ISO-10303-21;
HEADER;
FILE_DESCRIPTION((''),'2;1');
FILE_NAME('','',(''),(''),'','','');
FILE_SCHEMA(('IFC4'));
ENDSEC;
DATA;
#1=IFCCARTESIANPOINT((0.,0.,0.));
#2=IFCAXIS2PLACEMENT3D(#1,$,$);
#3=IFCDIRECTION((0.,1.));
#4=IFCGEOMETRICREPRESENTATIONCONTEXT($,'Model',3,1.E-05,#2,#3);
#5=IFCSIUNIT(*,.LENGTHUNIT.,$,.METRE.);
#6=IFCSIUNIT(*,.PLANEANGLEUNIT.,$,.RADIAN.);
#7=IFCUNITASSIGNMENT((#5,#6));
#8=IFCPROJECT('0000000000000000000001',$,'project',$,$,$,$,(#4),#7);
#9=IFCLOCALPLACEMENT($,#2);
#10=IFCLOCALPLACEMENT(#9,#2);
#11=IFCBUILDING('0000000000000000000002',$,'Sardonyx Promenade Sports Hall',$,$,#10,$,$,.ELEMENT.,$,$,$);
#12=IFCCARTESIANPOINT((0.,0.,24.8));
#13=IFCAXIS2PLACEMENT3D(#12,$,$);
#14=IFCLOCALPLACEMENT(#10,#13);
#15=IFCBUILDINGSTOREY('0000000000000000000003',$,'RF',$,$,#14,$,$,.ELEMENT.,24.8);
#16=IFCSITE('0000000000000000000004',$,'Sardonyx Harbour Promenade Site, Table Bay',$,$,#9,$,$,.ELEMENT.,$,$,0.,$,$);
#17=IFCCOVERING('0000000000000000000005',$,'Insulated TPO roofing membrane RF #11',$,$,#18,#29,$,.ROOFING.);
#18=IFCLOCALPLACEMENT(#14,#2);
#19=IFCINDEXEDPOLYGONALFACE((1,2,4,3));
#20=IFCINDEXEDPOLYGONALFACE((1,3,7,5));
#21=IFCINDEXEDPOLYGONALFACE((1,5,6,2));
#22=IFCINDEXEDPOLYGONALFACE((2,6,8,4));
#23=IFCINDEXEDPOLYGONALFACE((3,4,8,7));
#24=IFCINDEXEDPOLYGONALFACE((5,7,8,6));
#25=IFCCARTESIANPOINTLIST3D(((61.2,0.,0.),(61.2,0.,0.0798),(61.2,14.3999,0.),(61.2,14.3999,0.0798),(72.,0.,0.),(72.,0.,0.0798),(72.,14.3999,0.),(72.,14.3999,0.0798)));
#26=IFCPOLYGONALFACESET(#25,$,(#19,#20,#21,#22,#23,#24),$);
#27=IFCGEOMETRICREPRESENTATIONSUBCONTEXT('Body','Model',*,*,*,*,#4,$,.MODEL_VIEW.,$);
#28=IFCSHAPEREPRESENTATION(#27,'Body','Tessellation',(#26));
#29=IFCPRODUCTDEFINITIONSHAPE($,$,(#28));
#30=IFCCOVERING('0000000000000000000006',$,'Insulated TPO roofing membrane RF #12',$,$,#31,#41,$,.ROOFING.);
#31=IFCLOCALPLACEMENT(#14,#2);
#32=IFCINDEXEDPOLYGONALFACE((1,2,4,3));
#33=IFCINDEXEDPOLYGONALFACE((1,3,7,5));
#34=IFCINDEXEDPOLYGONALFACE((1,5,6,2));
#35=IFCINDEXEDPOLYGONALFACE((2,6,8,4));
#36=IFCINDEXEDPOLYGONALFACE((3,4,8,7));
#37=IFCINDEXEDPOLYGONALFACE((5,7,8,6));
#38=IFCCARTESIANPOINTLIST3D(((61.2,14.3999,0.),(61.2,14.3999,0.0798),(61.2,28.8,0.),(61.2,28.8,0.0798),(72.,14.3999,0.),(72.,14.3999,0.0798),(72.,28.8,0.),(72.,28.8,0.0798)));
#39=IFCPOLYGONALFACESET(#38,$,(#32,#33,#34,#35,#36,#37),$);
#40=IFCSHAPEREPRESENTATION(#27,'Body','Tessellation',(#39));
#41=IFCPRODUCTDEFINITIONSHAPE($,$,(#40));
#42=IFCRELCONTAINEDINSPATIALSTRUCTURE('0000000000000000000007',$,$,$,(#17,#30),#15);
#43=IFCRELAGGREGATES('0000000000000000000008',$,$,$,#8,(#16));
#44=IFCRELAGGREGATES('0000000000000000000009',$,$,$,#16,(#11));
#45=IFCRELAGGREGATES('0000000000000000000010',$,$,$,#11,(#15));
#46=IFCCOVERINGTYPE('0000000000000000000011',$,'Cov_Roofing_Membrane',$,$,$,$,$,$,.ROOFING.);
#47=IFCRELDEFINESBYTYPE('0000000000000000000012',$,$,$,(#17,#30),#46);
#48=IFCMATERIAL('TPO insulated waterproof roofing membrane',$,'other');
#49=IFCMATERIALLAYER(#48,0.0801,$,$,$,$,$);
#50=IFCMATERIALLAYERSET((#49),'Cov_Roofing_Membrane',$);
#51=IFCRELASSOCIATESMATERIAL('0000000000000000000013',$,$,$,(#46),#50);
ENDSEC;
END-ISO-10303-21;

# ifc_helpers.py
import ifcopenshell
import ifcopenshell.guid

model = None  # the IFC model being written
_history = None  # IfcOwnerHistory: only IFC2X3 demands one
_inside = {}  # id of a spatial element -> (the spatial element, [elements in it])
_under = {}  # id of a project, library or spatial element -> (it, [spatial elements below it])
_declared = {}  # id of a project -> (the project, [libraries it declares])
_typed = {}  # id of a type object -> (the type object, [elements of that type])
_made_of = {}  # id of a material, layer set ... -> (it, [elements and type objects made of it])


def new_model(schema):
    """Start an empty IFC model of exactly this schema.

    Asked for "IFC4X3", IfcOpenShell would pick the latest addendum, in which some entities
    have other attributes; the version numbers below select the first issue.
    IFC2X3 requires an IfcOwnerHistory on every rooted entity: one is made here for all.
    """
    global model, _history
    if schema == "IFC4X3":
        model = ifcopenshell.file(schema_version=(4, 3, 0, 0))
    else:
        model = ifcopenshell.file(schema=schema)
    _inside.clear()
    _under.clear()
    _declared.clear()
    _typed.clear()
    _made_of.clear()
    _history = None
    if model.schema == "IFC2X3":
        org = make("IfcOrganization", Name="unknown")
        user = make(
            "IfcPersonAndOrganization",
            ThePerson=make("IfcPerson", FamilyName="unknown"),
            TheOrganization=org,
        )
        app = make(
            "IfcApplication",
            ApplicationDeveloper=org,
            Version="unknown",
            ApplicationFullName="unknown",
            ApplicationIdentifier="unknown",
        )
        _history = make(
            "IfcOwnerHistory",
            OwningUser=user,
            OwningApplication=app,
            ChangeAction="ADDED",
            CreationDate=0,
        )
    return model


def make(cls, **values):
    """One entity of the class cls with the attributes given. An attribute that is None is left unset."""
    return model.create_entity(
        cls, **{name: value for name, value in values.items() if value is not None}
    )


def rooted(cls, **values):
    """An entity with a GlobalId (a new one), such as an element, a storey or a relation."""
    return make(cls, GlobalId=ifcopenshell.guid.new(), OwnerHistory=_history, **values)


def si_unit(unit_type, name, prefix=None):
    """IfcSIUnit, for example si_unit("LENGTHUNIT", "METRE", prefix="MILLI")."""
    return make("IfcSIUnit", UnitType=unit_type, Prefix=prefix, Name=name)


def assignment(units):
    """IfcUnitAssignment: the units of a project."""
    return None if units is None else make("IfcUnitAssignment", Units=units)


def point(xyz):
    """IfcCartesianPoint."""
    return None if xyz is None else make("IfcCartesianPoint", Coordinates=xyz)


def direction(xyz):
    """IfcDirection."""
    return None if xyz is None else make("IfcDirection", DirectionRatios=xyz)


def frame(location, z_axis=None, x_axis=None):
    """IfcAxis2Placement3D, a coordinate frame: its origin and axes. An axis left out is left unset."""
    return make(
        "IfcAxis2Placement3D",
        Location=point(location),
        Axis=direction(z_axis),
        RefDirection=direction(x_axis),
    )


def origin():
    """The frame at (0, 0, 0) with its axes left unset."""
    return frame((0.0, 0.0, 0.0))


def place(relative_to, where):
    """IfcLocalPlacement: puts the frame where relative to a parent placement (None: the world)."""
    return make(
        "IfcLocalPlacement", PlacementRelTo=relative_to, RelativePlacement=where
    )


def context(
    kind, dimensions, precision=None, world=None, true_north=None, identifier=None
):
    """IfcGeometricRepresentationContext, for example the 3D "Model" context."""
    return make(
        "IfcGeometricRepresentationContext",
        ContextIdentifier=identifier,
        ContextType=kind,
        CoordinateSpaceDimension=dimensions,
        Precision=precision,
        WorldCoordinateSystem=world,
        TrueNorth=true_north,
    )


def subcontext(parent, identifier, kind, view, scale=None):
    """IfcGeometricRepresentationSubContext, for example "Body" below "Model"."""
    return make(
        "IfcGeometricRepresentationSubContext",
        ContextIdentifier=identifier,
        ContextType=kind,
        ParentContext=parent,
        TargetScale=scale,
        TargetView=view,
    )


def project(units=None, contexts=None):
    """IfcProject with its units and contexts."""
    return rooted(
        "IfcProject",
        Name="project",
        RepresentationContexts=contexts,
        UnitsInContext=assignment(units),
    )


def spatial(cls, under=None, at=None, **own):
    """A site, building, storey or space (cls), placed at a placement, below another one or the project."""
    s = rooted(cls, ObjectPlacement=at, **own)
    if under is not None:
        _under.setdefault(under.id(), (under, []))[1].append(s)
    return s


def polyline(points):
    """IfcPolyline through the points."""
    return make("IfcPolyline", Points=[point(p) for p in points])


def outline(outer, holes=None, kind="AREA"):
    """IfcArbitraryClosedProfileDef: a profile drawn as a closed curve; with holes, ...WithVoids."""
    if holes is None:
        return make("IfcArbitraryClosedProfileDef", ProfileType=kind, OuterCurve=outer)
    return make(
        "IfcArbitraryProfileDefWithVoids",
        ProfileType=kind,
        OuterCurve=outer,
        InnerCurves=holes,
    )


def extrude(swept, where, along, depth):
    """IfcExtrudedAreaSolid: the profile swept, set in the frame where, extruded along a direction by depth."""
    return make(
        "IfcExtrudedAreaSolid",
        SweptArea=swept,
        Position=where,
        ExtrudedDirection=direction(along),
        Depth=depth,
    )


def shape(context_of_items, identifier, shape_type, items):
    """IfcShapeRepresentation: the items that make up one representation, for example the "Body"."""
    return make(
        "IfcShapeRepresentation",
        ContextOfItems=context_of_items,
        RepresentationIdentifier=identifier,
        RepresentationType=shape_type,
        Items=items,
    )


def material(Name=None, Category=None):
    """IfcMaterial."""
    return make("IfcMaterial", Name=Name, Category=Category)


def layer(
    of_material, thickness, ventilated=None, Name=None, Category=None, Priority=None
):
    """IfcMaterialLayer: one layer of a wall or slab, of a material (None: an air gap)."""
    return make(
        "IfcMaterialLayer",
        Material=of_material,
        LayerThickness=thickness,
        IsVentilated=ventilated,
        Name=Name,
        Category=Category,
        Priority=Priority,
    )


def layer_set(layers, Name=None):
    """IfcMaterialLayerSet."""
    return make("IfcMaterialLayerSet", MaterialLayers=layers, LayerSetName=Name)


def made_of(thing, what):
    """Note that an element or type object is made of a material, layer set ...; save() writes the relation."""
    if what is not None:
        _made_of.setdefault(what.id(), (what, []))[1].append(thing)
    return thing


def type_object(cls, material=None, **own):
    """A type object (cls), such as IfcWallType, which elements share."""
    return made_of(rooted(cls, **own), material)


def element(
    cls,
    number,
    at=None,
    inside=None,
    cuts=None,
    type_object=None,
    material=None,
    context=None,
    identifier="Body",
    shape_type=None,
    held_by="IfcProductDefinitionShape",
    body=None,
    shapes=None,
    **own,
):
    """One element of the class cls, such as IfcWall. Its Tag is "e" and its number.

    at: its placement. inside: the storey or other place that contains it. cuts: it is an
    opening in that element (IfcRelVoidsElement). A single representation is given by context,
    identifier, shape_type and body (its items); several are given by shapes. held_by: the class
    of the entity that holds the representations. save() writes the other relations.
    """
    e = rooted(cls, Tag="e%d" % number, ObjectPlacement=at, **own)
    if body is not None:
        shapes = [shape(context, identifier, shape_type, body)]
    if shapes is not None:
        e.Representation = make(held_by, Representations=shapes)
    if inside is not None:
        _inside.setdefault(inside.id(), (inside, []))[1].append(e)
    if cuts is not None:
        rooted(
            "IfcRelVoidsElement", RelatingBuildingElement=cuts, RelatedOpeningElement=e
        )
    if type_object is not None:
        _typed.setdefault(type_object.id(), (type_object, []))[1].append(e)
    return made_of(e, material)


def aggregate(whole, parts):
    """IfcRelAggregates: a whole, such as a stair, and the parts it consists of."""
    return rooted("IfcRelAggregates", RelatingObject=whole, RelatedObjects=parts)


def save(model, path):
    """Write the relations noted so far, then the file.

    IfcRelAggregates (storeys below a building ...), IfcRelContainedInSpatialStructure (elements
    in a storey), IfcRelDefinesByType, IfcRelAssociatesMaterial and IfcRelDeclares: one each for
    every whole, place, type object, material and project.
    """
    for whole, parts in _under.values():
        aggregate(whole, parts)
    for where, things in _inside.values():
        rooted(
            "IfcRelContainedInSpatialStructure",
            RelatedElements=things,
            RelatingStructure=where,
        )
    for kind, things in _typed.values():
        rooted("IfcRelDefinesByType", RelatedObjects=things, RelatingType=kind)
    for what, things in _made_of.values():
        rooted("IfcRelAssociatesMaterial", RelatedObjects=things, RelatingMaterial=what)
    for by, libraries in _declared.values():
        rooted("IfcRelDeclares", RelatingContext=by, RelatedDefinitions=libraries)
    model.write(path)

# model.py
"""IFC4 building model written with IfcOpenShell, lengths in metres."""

from ifc_helpers import new_model, si_unit, direction, frame, origin, place, context, subcontext, project, spatial, polyline, outline, extrude, material, layer, layer_set, type_object, element, save


model = new_model("IFC4")

# Units and contexts
model_context = context("Model", 3, precision=1e-05, world=origin(), true_north=direction((0.0, 1.0)))
body_context = subcontext(model_context, "Body", "Model", "MODEL_VIEW")
ifc_project = project(units=[si_unit("LENGTHUNIT", "METRE"), si_unit("PLANEANGLEUNIT", "RADIAN")], contexts=[model_context])

# Site, building, storey
site_placement = place(None, origin())
site = spatial("IfcSite", under=ifc_project, at=site_placement, Name="Sardonyx Harbour Promenade Site, Table Bay", CompositionType="ELEMENT", RefElevation=0.0)
building_placement = place(site_placement, origin())
building = spatial("IfcBuilding", under=site, at=building_placement, Name="Sardonyx Promenade Sports Hall", CompositionType="ELEMENT")
storey_placement = place(building_placement, frame((0.0, 0.0, 24.8)))
storey = spatial("IfcBuildingStorey", under=building, at=storey_placement, Name="RF", CompositionType="ELEMENT", Elevation=24.8)

# Coverings
ifc_material_1 = material(Name="TPO insulated waterproof roofing membrane", Category="other")
ifc_layer = layer(ifc_material_1, 0.0801)
ifc_layer_set = layer_set([ifc_layer], Name="Cov_Roofing_Membrane")
covering_type = type_object("IfcCoveringType", Name="Cov_Roofing_Membrane", PredefinedType="ROOFING", material=ifc_layer_set)
covering_1_placement = place(storey_placement, origin())
element("IfcCovering", 1, at=covering_1_placement, inside=storey, type_object=covering_type, Name="Insulated TPO roofing membrane RF #11", PredefinedType="ROOFING", context=body_context, shape_type="SweptSolid", body=[
    extrude(outline(polyline([(61.2, 0.0), (72.0, 0.0), (72.0, 14.3999), (61.2, 14.3999), (61.2, 0.0)])), origin(), (0.0, 0.0, 1.0), 0.0798),
])
covering_2_placement = place(storey_placement, origin())
element("IfcCovering", 2, at=covering_2_placement, inside=storey, type_object=covering_type, Name="Insulated TPO roofing membrane RF #12", PredefinedType="ROOFING", context=body_context, shape_type="SweptSolid", body=[
    extrude(outline(polyline([(61.2, 14.3999), (72.0, 14.3999), (72.0, 28.8), (61.2, 28.8), (61.2, 14.3999)])), origin(), (0.0, 0.0, 1.0), 0.0798),
])

save(model, "model.ifc")
